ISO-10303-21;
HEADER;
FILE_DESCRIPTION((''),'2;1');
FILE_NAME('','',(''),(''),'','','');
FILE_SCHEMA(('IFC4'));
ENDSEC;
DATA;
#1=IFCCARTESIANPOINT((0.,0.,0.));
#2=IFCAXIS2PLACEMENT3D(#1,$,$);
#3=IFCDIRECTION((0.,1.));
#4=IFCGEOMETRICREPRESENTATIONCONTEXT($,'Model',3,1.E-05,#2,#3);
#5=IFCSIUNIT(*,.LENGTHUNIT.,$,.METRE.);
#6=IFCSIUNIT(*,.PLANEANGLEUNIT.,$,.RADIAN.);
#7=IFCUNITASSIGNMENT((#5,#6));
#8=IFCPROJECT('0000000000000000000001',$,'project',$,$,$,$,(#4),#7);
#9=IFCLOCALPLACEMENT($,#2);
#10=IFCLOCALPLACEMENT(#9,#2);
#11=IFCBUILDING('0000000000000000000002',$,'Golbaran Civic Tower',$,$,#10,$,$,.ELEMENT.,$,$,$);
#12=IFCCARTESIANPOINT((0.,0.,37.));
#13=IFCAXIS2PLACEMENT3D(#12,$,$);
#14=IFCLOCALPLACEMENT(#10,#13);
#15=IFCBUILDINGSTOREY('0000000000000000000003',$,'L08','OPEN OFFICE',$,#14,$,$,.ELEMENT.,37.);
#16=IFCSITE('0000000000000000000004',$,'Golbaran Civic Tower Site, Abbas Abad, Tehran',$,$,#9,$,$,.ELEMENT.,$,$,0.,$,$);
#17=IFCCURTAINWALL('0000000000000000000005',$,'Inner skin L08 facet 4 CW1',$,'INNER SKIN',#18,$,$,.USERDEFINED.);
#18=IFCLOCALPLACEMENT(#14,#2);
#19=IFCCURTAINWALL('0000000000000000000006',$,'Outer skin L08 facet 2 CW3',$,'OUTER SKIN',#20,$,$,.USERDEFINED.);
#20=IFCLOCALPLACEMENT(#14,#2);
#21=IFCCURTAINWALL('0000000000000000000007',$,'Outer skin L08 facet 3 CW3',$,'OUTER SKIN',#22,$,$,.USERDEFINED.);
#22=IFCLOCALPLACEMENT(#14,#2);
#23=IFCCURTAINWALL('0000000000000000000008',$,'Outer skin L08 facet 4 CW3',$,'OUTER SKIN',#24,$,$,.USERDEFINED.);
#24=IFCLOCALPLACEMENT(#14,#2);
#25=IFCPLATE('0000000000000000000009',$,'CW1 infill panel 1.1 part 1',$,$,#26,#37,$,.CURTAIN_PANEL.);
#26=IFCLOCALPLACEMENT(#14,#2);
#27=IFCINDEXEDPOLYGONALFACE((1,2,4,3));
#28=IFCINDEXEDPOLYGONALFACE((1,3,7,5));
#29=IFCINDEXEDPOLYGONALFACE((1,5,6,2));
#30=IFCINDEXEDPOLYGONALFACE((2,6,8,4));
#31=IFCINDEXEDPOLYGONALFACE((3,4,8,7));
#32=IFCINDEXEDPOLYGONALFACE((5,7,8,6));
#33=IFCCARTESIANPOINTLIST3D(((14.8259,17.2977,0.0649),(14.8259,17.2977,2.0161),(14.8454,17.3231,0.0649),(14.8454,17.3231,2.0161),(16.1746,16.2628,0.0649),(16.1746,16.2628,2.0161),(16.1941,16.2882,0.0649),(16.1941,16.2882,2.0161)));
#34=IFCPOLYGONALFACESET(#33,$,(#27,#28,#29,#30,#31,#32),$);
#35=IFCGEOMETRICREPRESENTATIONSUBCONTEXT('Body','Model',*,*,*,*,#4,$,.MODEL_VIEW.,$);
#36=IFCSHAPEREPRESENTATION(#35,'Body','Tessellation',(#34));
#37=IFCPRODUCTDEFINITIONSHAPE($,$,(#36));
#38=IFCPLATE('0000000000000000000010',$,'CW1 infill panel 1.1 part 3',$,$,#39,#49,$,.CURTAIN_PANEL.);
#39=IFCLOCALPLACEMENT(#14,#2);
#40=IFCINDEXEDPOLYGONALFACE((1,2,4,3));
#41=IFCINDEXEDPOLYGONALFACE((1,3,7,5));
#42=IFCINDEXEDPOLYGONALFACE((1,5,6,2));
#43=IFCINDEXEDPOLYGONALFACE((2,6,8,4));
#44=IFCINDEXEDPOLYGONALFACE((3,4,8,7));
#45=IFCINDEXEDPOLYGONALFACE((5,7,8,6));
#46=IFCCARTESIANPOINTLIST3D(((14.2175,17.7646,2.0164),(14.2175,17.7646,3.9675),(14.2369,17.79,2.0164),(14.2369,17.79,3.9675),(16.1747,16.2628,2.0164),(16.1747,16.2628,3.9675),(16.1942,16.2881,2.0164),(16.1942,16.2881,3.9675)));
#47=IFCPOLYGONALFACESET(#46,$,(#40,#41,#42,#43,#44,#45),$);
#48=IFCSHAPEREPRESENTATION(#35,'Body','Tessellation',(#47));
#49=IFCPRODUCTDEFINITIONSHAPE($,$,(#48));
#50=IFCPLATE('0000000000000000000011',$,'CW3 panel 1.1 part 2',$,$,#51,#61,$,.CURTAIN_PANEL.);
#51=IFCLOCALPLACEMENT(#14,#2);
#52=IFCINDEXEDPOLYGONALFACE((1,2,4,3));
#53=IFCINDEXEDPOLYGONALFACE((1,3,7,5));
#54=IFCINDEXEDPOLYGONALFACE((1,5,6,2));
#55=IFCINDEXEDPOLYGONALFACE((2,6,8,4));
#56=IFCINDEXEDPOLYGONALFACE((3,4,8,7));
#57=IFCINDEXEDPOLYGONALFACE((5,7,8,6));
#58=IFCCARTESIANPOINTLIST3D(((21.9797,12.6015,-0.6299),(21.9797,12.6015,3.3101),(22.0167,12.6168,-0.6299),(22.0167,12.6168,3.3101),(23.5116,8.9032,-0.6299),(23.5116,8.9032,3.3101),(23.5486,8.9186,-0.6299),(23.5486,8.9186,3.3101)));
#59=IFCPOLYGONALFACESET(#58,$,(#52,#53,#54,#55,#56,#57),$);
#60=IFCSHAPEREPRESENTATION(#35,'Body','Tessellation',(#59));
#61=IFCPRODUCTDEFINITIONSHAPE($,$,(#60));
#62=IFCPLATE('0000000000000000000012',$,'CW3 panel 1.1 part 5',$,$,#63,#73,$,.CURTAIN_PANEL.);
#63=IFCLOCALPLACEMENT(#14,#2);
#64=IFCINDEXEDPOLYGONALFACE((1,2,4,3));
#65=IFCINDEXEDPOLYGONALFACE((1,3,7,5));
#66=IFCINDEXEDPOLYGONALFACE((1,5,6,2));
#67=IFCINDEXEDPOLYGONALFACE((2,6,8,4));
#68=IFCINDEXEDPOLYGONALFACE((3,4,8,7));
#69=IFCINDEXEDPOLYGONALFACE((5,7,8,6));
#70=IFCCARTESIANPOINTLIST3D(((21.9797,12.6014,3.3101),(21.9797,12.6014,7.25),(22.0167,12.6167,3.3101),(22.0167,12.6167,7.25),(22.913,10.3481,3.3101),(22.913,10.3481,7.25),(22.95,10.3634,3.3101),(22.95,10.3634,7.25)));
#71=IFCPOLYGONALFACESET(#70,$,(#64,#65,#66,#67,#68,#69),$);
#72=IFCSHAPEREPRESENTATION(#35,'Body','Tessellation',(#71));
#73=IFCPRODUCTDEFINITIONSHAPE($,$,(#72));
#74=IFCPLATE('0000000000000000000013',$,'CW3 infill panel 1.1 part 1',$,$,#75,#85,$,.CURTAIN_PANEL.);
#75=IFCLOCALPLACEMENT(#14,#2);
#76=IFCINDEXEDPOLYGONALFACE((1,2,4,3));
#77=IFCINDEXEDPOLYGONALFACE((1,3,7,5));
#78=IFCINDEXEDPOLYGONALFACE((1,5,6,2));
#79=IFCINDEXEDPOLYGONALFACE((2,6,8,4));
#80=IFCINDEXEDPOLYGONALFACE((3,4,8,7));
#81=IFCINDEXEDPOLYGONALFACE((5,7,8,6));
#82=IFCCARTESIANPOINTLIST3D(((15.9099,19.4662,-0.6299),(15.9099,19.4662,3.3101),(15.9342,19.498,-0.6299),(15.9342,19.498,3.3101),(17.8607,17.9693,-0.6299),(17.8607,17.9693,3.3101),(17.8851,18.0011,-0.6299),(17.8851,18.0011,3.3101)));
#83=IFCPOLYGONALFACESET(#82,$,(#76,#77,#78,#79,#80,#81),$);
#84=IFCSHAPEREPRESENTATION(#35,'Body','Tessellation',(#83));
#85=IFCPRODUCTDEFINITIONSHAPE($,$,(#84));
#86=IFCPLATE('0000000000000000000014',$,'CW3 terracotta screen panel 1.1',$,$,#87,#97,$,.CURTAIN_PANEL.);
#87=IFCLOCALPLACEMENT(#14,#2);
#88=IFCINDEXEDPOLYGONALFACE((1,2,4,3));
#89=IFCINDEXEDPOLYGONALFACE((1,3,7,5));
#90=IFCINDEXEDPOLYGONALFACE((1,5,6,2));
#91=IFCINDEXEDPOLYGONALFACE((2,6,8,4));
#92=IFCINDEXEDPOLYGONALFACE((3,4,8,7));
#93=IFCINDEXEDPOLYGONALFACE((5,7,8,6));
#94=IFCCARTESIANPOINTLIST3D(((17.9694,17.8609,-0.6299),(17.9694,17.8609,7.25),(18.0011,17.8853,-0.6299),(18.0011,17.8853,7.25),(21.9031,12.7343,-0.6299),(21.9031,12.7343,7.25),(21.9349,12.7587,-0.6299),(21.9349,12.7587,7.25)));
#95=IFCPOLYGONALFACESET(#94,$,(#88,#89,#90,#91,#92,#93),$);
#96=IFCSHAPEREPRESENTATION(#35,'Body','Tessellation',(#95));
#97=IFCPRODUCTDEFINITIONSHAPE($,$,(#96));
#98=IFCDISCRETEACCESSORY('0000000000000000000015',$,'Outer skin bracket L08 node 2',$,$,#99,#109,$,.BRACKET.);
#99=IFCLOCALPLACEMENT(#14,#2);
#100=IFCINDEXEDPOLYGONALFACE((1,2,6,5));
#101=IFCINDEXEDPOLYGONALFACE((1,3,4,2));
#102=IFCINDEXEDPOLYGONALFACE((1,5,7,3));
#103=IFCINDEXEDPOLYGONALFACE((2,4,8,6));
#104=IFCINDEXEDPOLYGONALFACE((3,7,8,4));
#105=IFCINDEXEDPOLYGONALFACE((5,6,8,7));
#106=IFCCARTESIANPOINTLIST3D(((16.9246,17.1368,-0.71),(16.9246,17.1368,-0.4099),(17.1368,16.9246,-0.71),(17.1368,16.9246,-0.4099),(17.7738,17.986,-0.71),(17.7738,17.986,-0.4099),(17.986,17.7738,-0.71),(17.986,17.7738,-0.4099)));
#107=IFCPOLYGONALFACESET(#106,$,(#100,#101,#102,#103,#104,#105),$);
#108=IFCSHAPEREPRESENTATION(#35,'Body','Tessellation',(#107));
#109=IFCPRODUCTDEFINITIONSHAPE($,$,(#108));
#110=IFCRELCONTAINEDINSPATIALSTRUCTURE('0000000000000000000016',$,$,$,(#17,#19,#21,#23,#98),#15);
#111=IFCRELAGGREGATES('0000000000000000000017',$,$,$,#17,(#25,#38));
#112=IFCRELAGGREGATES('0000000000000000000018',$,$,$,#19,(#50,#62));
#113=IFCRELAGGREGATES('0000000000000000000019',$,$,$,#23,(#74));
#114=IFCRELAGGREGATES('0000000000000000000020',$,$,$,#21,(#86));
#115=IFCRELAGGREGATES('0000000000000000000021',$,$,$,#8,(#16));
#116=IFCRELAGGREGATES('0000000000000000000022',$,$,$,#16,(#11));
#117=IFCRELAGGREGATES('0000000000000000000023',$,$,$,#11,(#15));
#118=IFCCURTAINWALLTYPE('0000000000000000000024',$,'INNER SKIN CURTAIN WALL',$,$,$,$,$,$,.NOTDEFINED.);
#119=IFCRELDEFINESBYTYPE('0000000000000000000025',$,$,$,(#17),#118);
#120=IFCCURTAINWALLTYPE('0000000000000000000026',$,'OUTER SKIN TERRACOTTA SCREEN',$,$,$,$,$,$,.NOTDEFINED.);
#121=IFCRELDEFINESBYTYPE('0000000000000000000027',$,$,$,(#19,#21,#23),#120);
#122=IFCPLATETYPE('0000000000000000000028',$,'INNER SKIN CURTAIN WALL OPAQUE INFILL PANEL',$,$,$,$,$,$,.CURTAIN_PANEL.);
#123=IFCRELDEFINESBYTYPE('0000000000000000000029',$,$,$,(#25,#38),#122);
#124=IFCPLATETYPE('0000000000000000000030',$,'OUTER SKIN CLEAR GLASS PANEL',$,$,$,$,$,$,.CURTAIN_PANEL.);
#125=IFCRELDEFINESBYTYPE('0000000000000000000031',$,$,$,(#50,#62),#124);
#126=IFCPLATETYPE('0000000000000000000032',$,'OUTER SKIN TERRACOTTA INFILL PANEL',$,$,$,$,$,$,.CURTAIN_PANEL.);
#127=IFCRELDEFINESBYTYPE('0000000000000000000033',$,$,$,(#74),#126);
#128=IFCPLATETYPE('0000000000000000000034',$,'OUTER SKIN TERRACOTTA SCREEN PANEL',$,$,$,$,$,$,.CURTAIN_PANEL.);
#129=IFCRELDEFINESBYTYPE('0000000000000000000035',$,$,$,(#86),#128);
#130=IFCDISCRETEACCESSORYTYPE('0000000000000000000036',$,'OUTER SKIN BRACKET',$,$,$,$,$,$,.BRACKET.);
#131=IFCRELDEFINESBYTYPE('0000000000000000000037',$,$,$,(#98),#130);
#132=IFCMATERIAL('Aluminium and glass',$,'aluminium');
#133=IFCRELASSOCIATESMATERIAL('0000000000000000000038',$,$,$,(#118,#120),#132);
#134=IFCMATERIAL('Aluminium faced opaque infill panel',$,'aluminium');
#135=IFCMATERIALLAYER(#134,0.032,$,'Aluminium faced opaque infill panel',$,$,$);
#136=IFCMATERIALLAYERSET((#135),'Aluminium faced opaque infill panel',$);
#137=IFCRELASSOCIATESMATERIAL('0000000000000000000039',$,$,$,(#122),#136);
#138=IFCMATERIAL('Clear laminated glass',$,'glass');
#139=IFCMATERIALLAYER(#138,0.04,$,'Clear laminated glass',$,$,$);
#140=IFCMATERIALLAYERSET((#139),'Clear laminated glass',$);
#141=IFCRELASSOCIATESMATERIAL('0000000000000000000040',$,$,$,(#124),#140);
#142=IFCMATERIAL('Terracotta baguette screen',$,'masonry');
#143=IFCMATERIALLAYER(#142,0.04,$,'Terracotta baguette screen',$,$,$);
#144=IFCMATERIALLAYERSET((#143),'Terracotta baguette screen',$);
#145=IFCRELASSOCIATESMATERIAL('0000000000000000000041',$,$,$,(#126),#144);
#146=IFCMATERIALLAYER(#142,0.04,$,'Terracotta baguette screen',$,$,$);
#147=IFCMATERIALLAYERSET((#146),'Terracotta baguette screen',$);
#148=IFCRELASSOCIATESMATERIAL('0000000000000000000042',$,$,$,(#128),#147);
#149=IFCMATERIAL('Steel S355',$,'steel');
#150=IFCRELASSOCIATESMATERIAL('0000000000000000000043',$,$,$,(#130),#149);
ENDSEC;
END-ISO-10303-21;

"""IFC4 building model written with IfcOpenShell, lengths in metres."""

from ifc_helpers import new_model, si_unit, direction, frame, origin, origin_2d, place, context, subcontext, project, spatial, rectangle, extrude, material, layer, layer_set, type_object, element, aggregate, save


model = new_model("IFC4")

# Units and contexts
model_context = context("Model", 3, precision=1e-05, world=origin(), true_north=direction((0.0, 1.0)))
body_context = subcontext(model_context, "Body", "Model", "MODEL_VIEW")
ifc_project = project(units=[si_unit("LENGTHUNIT", "METRE"), si_unit("PLANEANGLEUNIT", "RADIAN")], contexts=[model_context])

# Site, building, storey
site_placement = place(None, origin())
site = spatial("IfcSite", under=ifc_project, at=site_placement, Name="Golbaran Civic Tower Site, Abbas Abad, Tehran", CompositionType="ELEMENT", RefElevation=0.0)
building_placement = place(site_placement, origin())
building = spatial("IfcBuilding", under=site, at=building_placement, Name="Golbaran Civic Tower", CompositionType="ELEMENT")
storey_placement = place(building_placement, frame((0.0, 0.0, 37.0)))
storey = spatial("IfcBuildingStorey", under=building, at=storey_placement, Name="L08", Description="OPEN OFFICE", CompositionType="ELEMENT", Elevation=37.0)

# Shared definitions
ifc_material_1 = material(Name="Steel S355", Category="steel")

# Shared definitions
ifc_material_2 = material(Name="Aluminium and glass", Category="aluminium")
curtain_wall_type_1 = type_object("IfcCurtainWallType", Name="INNER SKIN CURTAIN WALL", PredefinedType="NOTDEFINED", material=ifc_material_2)

# Curtain wall
curtain_wall_1_placement = place(storey_placement, origin())
curtain_wall_1 = element("IfcCurtainWall", 1, at=curtain_wall_1_placement, inside=storey, type_object=curtain_wall_type_1, Name="Inner skin L08 facet 4 CW1", ObjectType="INNER SKIN", PredefinedType="USERDEFINED")

# Curtain wall
curtain_wall_type_2 = type_object("IfcCurtainWallType", Name="OUTER SKIN TERRACOTTA SCREEN", PredefinedType="NOTDEFINED", material=ifc_material_2)
curtain_wall_2_placement = place(storey_placement, origin())
curtain_wall_2 = element("IfcCurtainWall", 2, at=curtain_wall_2_placement, inside=storey, type_object=curtain_wall_type_2, Name="Outer skin L08 facet 2 CW3", ObjectType="OUTER SKIN", PredefinedType="USERDEFINED")

# Curtain wall
curtain_wall_3_placement = place(storey_placement, origin())
curtain_wall_3 = element("IfcCurtainWall", 3, at=curtain_wall_3_placement, inside=storey, type_object=curtain_wall_type_2, Name="Outer skin L08 facet 3 CW3", ObjectType="OUTER SKIN", PredefinedType="USERDEFINED")

# Curtain wall
curtain_wall_4_placement = place(storey_placement, origin())
curtain_wall_4 = element("IfcCurtainWall", 4, at=curtain_wall_4_placement, inside=storey, type_object=curtain_wall_type_2, Name="Outer skin L08 facet 4 CW3", ObjectType="OUTER SKIN", PredefinedType="USERDEFINED")

# Plates
ifc_material_3 = material(Name="Aluminium faced opaque infill panel", Category="aluminium")
ifc_layer_1 = layer(ifc_material_3, 0.032, Name="Aluminium faced opaque infill panel")
ifc_layer_set_1 = layer_set([ifc_layer_1], Name="Aluminium faced opaque infill panel")
plate_type_1 = type_object("IfcPlateType", Name="INNER SKIN CURTAIN WALL OPAQUE INFILL PANEL", PredefinedType="CURTAIN_PANEL", material=ifc_layer_set_1)
plate_1_placement = place(storey_placement, frame((15.51, 16.793, 0.0649), z_axis=(0.0, 0.0, 1.0), x_axis=(-0.793353, 0.608761, 0.0)))
plate_1 = element("IfcPlate", 5, at=plate_1_placement, type_object=plate_type_1, Name="CW1 infill panel 1.1 part 1", PredefinedType="CURTAIN_PANEL", context=body_context, shape_type="SweptSolid", body=[
    extrude(rectangle(XDim=1.7, YDim=0.032, at=origin_2d()), origin(), (0.0, 0.0, 1.0), 1.9512),
])
plate_2_placement = place(storey_placement, frame((15.2058, 17.0264, 2.0164), z_axis=(0.0, 0.0, 1.0), x_axis=(-0.793353, 0.608761, 0.0)))
plate_2 = element("IfcPlate", 6, at=plate_2_placement, type_object=plate_type_1, Name="CW1 infill panel 1.1 part 3", PredefinedType="CURTAIN_PANEL", context=body_context, shape_type="SweptSolid", body=[
    extrude(rectangle(XDim=2.467, YDim=0.032, at=origin_2d()), origin(), (0.0, 0.0, 1.0), 1.9512),
])
aggregate(curtain_wall_1, [plate_1, plate_2])
ifc_material_4 = material(Name="Clear laminated glass", Category="glass")
ifc_layer_2 = layer(ifc_material_4, 0.04, Name="Clear laminated glass")
ifc_layer_set_2 = layer_set([ifc_layer_2], Name="Clear laminated glass")
plate_type_2 = type_object("IfcPlateType", Name="OUTER SKIN CLEAR GLASS PANEL", PredefinedType="CURTAIN_PANEL", material=ifc_layer_set_2)
plate_3_placement = place(storey_placement, frame((22.7642, 10.76, -0.6299), z_axis=(0.0, 0.0, 1.0), x_axis=(-0.382683, 0.92388, 0.0)))
plate_3 = element("IfcPlate", 7, at=plate_3_placement, type_object=plate_type_2, Name="CW3 panel 1.1 part 2", PredefinedType="CURTAIN_PANEL", context=body_context, shape_type="SweptSolid", body=[
    extrude(rectangle(XDim=4.0029, YDim=0.04, at=origin_2d()), origin(), (0.0, 0.0, 1.0), 3.9399),
])
plate_4_placement = place(storey_placement, frame((22.4648, 11.4824, 3.3101), z_axis=(0.0, 0.0, 1.0), x_axis=(-0.382683, 0.92388, 0.0)))
plate_4 = element("IfcPlate", 8, at=plate_4_placement, type_object=plate_type_2, Name="CW3 panel 1.1 part 5", PredefinedType="CURTAIN_PANEL", context=body_context, shape_type="SweptSolid", body=[
    extrude(rectangle(XDim=2.439, YDim=0.04, at=origin_2d()), origin(), (0.0, 0.0, 1.0), 3.9399),
])
aggregate(curtain_wall_2, [plate_3, plate_4])
ifc_material_5 = material(Name="Terracotta baguette screen", Category="masonry")
ifc_layer_3 = layer(ifc_material_5, 0.04, Name="Terracotta baguette screen")
ifc_layer_set_3 = layer_set([ifc_layer_3], Name="Terracotta baguette screen")
plate_type_3 = type_object("IfcPlateType", Name="OUTER SKIN TERRACOTTA INFILL PANEL", PredefinedType="CURTAIN_PANEL", material=ifc_layer_set_3)
plate_5_placement = place(storey_placement, frame((16.8975, 18.7336, -0.6299), z_axis=(0.0, 0.0, 1.0), x_axis=(-0.793353, 0.608761, 0.0)))
plate_5 = element("IfcPlate", 9, at=plate_5_placement, type_object=plate_type_3, Name="CW3 infill panel 1.1 part 1", PredefinedType="CURTAIN_PANEL", context=body_context, shape_type="SweptSolid", body=[
    extrude(rectangle(XDim=2.459, YDim=0.04, at=origin_2d()), origin(), (0.0, 0.0, 1.0), 3.9399),
])
aggregate(curtain_wall_4, [plate_5])
ifc_layer_4 = layer(ifc_material_5, 0.04, Name="Terracotta baguette screen")
ifc_layer_set_4 = layer_set([ifc_layer_4], Name="Terracotta baguette screen")
plate_type_4 = type_object("IfcPlateType", Name="OUTER SKIN TERRACOTTA SCREEN PANEL", PredefinedType="CURTAIN_PANEL", material=ifc_layer_set_4)
plate_6_placement = place(storey_placement, frame((19.9521, 15.3098, -0.6299), z_axis=(0.0, 0.0, 1.0), x_axis=(-0.608761, 0.793353, 0.0)))
plate_6 = element("IfcPlate", 10, at=plate_6_placement, type_object=plate_type_4, Name="CW3 terracotta screen panel 1.1", PredefinedType="CURTAIN_PANEL", context=body_context, shape_type="SweptSolid", body=[
    extrude(rectangle(XDim=6.4619, YDim=0.04, at=origin_2d()), origin(), (0.0, 0.0, 1.0), 7.8799),
])
aggregate(curtain_wall_3, [plate_6])

# Discrete accessory
discrete_accessory_type = type_object("IfcDiscreteAccessoryType", Name="OUTER SKIN BRACKET", PredefinedType="BRACKET", material=ifc_material_1)
discrete_accessory_placement = place(storey_placement, frame((17.4553, 17.4553, -0.71), z_axis=(0.0, 0.0, 1.0), x_axis=(0.707107, 0.707107, 0.0)))
element("IfcDiscreteAccessory", 11, at=discrete_accessory_placement, inside=storey, type_object=discrete_accessory_type, Name="Outer skin bracket L08 node 2", PredefinedType="BRACKET", context=body_context, shape_type="SweptSolid", body=[
    extrude(rectangle(XDim=1.2009, YDim=0.3, at=origin_2d()), origin(), (0.0, 0.0, 1.0), 0.3),
])

save(model, "model.ifc")
